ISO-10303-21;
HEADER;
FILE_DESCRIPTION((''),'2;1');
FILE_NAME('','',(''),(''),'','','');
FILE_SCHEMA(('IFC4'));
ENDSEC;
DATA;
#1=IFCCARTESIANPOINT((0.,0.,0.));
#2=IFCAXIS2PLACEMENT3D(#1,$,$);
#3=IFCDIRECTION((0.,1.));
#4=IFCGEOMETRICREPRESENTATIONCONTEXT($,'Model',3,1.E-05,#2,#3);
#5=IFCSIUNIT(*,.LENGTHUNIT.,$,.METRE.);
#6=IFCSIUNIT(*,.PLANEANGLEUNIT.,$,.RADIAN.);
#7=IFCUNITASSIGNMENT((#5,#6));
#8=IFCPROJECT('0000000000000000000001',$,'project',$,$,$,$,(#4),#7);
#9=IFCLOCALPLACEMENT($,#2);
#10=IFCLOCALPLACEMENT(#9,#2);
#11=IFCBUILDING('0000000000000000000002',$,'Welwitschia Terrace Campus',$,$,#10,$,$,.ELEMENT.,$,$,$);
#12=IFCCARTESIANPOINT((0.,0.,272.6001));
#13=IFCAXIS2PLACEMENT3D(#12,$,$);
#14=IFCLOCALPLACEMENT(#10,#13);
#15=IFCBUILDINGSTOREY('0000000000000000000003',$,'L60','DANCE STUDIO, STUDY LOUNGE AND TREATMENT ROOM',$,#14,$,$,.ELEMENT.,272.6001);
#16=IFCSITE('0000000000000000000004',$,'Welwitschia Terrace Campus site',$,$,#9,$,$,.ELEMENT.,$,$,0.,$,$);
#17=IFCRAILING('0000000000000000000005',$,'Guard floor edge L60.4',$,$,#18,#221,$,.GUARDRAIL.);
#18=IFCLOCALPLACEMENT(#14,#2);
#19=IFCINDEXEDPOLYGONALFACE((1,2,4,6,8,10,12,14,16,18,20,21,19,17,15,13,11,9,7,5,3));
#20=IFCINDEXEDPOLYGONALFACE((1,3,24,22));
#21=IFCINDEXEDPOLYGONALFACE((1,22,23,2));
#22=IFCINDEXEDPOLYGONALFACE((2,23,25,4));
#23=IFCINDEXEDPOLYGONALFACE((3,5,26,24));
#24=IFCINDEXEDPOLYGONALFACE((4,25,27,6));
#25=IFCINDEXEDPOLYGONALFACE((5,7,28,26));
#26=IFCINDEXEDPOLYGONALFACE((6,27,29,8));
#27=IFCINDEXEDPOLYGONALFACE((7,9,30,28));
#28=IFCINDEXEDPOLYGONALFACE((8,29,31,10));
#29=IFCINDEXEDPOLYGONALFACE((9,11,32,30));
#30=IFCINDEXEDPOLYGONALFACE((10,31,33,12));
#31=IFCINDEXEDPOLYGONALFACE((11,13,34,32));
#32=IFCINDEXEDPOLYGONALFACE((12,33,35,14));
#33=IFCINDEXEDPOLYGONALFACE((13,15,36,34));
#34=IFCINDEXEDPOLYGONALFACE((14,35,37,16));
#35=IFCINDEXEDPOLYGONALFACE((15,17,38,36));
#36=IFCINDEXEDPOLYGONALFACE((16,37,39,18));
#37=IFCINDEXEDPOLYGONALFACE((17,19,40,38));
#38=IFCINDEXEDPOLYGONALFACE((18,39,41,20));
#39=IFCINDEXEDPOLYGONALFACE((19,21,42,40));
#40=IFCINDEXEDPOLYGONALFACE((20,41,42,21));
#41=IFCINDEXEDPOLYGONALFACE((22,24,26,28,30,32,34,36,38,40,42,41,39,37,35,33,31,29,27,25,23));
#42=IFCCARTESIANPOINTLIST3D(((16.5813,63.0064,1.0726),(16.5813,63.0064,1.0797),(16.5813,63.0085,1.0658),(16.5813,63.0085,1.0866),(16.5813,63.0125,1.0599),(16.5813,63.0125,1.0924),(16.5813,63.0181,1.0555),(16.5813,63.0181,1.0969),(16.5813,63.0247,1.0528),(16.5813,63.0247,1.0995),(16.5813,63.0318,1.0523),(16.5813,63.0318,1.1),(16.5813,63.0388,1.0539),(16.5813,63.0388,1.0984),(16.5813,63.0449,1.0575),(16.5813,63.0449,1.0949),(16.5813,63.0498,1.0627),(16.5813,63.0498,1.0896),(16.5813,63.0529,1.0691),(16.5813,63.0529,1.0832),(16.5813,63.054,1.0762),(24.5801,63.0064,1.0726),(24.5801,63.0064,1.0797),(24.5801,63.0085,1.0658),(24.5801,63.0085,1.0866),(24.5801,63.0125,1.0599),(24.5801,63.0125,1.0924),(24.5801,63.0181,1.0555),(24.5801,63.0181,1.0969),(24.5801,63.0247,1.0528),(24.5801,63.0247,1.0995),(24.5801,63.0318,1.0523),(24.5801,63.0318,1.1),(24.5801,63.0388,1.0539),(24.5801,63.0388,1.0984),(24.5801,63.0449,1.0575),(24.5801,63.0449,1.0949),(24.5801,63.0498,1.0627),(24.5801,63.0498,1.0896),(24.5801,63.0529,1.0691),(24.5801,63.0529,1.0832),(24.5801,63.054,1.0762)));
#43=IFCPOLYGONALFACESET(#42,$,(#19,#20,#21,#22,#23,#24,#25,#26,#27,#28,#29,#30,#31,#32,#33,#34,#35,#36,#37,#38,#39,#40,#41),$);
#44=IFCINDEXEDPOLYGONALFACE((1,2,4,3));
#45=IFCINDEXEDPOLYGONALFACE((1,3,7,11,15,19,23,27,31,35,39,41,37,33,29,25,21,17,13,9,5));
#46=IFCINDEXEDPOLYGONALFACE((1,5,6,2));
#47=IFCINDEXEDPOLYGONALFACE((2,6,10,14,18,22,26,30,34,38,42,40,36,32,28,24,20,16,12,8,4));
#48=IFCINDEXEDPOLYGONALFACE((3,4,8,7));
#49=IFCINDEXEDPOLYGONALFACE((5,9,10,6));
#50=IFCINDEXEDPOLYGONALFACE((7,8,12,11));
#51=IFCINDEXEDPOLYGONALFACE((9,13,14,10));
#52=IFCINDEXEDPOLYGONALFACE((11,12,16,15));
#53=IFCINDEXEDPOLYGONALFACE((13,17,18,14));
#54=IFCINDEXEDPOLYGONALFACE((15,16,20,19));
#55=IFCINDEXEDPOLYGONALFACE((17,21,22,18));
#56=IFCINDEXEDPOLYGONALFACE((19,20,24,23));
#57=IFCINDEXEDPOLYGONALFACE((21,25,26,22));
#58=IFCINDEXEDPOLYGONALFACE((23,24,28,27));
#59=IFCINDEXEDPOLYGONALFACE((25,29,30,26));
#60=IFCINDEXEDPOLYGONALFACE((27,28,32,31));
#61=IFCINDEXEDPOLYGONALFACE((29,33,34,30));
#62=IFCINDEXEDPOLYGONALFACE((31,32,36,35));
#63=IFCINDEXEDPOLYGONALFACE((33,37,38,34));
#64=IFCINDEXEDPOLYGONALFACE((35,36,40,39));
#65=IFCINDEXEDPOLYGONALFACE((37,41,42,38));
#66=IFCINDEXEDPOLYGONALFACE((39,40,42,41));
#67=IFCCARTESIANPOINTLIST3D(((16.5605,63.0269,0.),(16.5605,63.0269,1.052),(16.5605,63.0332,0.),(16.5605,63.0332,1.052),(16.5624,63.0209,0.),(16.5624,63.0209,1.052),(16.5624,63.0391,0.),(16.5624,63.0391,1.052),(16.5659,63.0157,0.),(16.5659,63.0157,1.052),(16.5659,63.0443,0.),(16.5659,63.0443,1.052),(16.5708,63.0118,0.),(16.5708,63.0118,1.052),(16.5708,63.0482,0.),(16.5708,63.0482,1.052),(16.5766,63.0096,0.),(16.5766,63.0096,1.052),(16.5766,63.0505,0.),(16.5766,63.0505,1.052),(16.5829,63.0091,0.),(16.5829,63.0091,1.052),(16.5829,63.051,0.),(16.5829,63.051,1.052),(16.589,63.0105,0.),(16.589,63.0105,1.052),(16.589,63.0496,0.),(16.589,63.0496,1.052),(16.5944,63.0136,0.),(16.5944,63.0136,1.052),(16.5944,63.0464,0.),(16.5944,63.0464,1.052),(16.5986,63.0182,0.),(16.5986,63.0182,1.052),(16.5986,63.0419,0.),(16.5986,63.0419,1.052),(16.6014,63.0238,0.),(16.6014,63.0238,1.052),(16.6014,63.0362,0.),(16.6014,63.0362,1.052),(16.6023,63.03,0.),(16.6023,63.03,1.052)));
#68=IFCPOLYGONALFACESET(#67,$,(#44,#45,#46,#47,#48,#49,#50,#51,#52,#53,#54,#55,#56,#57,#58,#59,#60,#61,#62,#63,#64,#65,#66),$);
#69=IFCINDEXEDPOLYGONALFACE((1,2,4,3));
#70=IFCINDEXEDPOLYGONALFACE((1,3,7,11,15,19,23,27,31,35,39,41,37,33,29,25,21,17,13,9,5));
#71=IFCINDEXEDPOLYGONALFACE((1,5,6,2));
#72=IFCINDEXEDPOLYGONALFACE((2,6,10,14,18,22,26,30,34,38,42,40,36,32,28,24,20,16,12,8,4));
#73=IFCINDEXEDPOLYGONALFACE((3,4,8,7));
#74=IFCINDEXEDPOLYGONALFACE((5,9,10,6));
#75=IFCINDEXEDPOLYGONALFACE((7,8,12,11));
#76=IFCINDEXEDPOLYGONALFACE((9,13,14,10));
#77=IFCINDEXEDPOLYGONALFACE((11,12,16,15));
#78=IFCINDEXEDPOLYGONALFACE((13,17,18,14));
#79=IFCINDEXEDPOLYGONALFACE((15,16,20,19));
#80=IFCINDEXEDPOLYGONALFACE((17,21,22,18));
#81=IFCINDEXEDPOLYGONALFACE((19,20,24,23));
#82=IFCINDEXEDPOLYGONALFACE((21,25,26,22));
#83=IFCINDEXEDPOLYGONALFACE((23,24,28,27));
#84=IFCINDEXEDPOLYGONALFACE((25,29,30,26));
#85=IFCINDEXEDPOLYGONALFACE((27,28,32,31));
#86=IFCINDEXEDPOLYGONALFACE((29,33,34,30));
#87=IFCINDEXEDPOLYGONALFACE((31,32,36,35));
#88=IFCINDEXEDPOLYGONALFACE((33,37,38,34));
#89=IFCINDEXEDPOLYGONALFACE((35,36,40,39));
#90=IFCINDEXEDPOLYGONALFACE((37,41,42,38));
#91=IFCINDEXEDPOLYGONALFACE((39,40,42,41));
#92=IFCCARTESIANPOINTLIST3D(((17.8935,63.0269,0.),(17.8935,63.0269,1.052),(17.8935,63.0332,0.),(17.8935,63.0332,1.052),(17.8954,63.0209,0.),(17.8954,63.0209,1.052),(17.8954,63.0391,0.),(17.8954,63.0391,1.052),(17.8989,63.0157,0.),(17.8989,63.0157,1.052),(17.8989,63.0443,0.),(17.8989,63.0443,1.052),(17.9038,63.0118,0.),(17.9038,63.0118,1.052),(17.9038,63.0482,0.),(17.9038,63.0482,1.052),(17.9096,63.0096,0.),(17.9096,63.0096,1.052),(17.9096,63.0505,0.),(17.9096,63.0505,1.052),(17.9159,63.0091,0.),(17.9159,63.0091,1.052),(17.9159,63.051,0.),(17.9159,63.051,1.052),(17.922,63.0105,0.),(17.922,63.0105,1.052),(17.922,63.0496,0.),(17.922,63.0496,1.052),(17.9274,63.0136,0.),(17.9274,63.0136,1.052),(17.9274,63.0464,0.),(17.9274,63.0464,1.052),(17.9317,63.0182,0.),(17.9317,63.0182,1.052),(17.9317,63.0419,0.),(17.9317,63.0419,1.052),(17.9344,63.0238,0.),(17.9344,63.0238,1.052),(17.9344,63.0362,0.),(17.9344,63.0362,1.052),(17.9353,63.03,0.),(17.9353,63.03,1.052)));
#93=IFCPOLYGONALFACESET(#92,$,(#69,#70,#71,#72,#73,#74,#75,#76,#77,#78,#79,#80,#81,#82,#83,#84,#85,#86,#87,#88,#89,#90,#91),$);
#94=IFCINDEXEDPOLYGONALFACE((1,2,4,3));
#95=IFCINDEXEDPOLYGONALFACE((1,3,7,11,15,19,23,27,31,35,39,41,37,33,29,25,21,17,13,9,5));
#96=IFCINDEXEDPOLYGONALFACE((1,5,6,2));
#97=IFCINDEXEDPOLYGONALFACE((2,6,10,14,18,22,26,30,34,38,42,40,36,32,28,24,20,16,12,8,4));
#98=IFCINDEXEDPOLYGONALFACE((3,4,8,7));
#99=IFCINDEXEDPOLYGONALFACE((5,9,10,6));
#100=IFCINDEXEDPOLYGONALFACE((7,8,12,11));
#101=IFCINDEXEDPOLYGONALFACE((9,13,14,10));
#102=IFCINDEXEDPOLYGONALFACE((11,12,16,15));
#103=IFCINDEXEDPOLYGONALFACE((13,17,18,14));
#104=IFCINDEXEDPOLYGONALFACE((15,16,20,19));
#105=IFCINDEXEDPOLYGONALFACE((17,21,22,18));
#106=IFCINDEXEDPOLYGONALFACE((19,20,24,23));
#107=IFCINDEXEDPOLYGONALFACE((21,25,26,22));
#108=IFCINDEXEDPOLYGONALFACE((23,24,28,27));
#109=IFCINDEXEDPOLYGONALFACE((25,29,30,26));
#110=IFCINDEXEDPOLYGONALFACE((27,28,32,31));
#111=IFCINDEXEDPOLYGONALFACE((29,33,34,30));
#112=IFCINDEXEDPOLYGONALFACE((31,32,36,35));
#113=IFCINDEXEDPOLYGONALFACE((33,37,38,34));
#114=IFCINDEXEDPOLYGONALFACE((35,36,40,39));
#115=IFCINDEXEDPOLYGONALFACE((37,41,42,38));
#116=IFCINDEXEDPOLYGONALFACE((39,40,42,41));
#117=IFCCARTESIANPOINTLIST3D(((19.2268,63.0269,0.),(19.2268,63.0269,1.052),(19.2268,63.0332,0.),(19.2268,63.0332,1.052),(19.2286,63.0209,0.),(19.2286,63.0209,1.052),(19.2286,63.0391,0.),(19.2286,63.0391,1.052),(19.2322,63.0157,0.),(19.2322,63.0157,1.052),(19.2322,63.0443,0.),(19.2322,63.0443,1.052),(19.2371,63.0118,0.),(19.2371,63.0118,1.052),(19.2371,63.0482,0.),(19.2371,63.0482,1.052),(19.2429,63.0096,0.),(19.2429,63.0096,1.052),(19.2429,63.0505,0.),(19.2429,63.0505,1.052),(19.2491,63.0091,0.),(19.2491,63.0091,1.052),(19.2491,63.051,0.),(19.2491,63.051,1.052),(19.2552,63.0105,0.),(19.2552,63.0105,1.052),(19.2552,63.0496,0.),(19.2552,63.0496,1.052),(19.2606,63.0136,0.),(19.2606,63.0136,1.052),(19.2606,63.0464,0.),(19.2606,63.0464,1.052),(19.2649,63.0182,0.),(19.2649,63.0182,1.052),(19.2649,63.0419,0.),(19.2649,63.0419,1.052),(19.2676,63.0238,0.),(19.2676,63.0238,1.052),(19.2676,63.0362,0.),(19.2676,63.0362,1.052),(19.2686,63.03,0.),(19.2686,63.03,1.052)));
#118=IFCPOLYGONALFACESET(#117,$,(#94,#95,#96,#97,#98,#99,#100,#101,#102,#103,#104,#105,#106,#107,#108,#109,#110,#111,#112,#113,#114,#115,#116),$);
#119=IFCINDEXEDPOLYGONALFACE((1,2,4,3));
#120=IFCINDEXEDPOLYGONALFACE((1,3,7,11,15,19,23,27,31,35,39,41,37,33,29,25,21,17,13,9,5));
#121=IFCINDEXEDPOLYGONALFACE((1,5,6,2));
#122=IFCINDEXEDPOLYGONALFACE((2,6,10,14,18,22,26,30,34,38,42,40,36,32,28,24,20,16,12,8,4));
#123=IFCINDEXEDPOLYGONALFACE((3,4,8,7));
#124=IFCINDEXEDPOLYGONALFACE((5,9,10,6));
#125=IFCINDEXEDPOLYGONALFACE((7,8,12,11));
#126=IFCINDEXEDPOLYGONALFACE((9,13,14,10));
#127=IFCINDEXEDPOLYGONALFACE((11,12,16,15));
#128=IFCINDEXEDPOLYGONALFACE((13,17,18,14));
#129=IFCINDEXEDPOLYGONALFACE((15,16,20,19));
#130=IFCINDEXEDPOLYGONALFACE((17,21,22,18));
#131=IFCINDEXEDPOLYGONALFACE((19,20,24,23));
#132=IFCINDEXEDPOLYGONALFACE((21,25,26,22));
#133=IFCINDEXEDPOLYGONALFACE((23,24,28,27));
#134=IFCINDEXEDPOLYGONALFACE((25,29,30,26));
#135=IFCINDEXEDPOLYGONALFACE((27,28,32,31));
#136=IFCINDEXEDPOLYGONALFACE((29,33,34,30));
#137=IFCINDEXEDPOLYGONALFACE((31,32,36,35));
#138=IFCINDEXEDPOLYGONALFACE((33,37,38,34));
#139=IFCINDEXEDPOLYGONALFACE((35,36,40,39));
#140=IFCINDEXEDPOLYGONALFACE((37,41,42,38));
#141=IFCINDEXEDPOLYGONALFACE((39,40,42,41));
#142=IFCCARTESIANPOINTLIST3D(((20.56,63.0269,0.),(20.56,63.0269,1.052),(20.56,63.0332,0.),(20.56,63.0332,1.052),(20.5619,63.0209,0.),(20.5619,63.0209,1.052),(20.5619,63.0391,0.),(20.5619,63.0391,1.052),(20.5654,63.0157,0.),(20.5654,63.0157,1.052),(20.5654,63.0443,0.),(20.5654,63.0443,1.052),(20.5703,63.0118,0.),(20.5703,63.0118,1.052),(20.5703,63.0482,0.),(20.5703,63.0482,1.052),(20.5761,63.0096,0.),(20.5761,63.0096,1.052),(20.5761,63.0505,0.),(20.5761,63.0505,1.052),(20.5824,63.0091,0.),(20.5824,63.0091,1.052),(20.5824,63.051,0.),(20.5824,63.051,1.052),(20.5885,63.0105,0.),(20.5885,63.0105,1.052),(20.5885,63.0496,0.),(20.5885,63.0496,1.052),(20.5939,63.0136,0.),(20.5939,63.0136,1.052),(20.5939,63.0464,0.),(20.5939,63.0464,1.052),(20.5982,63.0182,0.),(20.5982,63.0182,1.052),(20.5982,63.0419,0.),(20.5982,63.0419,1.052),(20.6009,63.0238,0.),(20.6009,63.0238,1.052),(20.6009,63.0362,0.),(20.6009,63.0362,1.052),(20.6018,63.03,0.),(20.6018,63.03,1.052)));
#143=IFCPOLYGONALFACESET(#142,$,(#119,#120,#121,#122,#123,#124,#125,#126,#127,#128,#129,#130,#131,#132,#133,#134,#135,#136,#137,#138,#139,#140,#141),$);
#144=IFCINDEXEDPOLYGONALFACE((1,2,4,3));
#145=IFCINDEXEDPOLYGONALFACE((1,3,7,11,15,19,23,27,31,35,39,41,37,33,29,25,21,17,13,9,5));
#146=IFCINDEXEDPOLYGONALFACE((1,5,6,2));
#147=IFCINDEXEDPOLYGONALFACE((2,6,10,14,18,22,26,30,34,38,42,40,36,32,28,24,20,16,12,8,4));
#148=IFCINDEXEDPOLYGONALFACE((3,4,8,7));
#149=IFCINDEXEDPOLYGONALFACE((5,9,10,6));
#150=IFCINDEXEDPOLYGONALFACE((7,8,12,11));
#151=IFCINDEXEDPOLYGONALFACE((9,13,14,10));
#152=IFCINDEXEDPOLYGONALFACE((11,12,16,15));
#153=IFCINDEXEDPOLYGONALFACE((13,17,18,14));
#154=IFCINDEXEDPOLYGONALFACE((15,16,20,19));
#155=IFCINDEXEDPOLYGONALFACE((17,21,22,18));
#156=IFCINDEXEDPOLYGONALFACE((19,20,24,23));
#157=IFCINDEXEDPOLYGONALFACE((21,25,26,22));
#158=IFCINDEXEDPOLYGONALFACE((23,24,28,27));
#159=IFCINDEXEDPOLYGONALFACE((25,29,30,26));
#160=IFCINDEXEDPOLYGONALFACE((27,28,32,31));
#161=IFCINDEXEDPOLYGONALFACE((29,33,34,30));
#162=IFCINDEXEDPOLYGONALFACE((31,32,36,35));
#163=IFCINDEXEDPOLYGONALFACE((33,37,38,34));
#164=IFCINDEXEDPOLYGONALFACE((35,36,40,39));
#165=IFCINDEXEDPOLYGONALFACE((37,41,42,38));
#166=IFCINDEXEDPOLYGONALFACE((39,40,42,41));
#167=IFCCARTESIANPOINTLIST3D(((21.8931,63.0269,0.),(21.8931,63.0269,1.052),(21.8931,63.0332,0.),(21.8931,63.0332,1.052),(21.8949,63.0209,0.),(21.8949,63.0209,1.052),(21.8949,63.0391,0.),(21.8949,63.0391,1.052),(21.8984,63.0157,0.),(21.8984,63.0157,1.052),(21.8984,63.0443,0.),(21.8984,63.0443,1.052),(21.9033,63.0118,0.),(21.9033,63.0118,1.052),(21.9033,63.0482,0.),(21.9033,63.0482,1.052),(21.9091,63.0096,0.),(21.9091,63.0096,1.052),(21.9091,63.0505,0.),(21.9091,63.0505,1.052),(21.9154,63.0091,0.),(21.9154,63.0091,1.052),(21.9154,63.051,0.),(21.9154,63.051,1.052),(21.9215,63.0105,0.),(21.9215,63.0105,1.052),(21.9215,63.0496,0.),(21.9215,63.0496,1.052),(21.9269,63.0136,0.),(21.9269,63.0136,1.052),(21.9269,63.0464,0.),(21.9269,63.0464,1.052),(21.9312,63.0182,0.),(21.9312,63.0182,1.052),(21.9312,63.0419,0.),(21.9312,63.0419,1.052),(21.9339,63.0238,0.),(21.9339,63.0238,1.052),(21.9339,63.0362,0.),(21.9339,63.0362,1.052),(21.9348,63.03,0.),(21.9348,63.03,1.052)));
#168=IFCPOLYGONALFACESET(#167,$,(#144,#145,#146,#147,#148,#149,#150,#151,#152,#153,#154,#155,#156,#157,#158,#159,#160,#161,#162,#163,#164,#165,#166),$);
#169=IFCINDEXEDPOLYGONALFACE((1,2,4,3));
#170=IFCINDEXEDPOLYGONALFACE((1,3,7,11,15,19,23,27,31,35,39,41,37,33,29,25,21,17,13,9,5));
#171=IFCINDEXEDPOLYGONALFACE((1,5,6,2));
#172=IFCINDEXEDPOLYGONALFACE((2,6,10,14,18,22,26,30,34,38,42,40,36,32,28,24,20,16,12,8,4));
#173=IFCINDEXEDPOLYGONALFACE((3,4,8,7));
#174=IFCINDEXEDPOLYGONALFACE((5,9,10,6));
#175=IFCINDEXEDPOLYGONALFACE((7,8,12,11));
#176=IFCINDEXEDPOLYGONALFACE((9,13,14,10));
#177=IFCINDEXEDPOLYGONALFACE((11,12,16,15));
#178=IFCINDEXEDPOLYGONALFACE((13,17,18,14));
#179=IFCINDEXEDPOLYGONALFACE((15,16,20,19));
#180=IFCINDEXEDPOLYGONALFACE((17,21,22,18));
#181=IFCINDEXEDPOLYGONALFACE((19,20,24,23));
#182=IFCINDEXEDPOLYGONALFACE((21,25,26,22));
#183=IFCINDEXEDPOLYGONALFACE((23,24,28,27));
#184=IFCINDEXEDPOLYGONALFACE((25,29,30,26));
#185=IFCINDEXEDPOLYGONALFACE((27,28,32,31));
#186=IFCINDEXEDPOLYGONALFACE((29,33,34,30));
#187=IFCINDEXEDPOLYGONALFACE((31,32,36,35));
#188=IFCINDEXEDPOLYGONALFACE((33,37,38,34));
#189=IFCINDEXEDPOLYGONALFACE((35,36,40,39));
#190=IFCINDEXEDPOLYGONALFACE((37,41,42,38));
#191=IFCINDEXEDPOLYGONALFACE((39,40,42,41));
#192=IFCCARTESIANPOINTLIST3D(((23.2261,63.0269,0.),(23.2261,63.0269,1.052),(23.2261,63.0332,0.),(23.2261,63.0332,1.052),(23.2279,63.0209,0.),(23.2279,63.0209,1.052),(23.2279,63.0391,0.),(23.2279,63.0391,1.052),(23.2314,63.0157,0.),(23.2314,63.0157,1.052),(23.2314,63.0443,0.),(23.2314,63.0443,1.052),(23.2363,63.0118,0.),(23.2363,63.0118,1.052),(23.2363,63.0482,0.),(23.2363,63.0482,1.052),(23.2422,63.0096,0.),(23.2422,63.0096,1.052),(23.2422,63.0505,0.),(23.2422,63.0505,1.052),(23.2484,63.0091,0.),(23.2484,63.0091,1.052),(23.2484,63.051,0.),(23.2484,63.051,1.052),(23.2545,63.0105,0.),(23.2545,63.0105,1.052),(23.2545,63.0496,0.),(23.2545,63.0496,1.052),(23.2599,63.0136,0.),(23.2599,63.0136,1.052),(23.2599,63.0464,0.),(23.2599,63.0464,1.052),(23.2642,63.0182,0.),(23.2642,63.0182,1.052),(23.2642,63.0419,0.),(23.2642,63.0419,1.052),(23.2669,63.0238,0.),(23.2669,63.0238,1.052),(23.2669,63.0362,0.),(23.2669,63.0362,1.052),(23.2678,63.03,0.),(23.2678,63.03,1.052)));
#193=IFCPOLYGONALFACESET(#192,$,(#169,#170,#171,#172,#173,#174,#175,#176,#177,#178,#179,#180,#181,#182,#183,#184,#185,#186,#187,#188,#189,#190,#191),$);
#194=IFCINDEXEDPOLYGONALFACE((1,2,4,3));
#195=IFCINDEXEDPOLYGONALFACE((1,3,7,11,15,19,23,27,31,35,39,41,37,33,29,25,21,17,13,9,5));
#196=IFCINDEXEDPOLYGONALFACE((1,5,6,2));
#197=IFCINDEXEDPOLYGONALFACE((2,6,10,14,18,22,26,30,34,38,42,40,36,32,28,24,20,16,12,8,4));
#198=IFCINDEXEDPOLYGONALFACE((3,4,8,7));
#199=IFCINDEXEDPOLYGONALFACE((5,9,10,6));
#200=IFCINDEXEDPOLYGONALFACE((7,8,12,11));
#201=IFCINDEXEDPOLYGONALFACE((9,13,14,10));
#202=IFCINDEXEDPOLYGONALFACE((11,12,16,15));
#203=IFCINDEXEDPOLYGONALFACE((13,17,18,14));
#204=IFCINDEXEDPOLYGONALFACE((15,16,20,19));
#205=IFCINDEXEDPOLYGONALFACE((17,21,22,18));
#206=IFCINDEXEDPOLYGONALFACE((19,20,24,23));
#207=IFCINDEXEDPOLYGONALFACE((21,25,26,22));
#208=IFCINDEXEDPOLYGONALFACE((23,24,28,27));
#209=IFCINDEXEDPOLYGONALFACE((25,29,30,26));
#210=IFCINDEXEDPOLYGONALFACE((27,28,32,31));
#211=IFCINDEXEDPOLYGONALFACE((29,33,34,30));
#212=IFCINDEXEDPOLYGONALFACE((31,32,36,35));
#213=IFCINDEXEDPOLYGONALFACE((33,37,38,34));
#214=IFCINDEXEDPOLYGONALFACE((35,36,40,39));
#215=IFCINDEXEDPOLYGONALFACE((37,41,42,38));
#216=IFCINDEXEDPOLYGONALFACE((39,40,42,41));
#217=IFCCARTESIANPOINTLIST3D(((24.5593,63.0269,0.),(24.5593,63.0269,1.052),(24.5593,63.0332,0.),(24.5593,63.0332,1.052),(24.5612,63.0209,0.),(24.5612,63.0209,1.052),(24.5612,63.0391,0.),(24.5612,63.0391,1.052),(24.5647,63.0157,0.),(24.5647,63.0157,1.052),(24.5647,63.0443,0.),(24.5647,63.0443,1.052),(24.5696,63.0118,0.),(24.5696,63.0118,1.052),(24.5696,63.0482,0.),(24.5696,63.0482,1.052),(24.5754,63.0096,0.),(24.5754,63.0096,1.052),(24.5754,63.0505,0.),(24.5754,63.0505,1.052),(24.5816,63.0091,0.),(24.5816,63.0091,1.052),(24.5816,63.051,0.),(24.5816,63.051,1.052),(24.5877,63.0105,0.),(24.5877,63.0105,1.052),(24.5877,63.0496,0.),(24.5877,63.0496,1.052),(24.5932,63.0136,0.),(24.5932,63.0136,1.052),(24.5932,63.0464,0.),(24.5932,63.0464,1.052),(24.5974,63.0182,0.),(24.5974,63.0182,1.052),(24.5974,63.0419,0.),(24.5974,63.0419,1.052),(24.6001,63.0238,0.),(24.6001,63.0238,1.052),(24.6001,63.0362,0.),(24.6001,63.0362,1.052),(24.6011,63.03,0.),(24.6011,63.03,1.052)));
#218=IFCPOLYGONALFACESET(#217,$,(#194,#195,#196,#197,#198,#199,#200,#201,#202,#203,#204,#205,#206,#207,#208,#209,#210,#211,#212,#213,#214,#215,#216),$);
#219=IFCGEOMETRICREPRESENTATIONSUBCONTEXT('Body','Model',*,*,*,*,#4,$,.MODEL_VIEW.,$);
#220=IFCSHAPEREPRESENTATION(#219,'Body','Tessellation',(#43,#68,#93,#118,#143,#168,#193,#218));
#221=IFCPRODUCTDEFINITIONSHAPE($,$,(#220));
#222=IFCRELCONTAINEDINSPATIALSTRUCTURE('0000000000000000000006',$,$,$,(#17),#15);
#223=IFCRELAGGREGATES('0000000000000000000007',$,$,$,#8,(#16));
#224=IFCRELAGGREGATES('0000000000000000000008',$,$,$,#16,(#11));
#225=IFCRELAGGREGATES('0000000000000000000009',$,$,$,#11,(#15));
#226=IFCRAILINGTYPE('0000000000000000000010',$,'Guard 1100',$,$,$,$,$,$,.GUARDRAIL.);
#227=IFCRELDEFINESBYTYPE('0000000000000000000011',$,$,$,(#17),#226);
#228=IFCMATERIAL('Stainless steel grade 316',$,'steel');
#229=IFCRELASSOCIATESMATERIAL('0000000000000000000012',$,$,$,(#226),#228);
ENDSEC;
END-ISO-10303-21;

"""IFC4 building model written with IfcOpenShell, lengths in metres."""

from ifc_helpers import new_model, si_unit, direction, frame, origin, origin_2d, place, context, subcontext, project, spatial, circle, extrude, material, type_object, element, save


model = new_model("IFC4")

# Units and contexts
model_context = context("Model", 3, precision=1e-05, world=origin(), true_north=direction((0.0, 1.0)))
body_context = subcontext(model_context, "Body", "Model", "MODEL_VIEW")
ifc_project = project(units=[si_unit("LENGTHUNIT", "METRE"), si_unit("PLANEANGLEUNIT", "RADIAN")], contexts=[model_context])

# Site, building, storey
site_placement = place(None, origin())
site = spatial("IfcSite", under=ifc_project, at=site_placement, Name="Welwitschia Terrace Campus site", CompositionType="ELEMENT", RefElevation=0.0)
building_placement = place(site_placement, origin())
building = spatial("IfcBuilding", under=site, at=building_placement, Name="Welwitschia Terrace Campus", CompositionType="ELEMENT")
storey_placement = place(building_placement, frame((0.0, 0.0, 272.6001)))
storey = spatial("IfcBuildingStorey", under=building, at=storey_placement, Name="L60", Description="DANCE STUDIO, STUDY LOUNGE AND TREATMENT ROOM", CompositionType="ELEMENT", Elevation=272.6001)

# Railing
ifc_material_1 = material(Name="Stainless steel grade 316", Category="steel")
railing_type = type_object("IfcRailingType", Name="Guard 1100", PredefinedType="GUARDRAIL", material=ifc_material_1)
railing_1_placement = place(storey_placement, frame((16.5813, 63.03, 0.0)))
element("IfcRailing", 1, at=railing_1_placement, inside=storey, type_object=railing_type, Name="Guard floor edge L60.4", PredefinedType="GUARDRAIL", context=body_context, shape_type="SweptSolid", body=[
    extrude(circle(Radius=0.0239, at=origin_2d()), frame((0.0, 0.0, 1.0762), z_axis=(1.0, 0.0, 0.0), x_axis=(0.0, 1.0, 0.0)), (0.0, 0.0, 1.0), 7.9988),
    extrude(circle(Radius=0.021, at=origin_2d()), origin(), (0.0, 0.0, 1.0), 1.052),
    extrude(circle(Radius=0.021, at=origin_2d()), frame((1.333, 0.0, 0.0)), (0.0, 0.0, 1.0), 1.052),
    extrude(circle(Radius=0.021, at=origin_2d()), frame((2.6663, 0.0, 0.0)), (0.0, 0.0, 1.0), 1.052),
    extrude(circle(Radius=0.021, at=origin_2d()), frame((3.9995, 0.0, 0.0)), (0.0, 0.0, 1.0), 1.052),
    extrude(circle(Radius=0.021, at=origin_2d()), frame((5.3325, 0.0, 0.0)), (0.0, 0.0, 1.0), 1.052),
    extrude(circle(Radius=0.021, at=origin_2d()), frame((6.6655, 0.0, 0.0)), (0.0, 0.0, 1.0), 1.052),
    extrude(circle(Radius=0.021, at=origin_2d()), frame((7.9988, 0.0, 0.0)), (0.0, 0.0, 1.0), 1.052),
])

save(model, "model.ifc")
